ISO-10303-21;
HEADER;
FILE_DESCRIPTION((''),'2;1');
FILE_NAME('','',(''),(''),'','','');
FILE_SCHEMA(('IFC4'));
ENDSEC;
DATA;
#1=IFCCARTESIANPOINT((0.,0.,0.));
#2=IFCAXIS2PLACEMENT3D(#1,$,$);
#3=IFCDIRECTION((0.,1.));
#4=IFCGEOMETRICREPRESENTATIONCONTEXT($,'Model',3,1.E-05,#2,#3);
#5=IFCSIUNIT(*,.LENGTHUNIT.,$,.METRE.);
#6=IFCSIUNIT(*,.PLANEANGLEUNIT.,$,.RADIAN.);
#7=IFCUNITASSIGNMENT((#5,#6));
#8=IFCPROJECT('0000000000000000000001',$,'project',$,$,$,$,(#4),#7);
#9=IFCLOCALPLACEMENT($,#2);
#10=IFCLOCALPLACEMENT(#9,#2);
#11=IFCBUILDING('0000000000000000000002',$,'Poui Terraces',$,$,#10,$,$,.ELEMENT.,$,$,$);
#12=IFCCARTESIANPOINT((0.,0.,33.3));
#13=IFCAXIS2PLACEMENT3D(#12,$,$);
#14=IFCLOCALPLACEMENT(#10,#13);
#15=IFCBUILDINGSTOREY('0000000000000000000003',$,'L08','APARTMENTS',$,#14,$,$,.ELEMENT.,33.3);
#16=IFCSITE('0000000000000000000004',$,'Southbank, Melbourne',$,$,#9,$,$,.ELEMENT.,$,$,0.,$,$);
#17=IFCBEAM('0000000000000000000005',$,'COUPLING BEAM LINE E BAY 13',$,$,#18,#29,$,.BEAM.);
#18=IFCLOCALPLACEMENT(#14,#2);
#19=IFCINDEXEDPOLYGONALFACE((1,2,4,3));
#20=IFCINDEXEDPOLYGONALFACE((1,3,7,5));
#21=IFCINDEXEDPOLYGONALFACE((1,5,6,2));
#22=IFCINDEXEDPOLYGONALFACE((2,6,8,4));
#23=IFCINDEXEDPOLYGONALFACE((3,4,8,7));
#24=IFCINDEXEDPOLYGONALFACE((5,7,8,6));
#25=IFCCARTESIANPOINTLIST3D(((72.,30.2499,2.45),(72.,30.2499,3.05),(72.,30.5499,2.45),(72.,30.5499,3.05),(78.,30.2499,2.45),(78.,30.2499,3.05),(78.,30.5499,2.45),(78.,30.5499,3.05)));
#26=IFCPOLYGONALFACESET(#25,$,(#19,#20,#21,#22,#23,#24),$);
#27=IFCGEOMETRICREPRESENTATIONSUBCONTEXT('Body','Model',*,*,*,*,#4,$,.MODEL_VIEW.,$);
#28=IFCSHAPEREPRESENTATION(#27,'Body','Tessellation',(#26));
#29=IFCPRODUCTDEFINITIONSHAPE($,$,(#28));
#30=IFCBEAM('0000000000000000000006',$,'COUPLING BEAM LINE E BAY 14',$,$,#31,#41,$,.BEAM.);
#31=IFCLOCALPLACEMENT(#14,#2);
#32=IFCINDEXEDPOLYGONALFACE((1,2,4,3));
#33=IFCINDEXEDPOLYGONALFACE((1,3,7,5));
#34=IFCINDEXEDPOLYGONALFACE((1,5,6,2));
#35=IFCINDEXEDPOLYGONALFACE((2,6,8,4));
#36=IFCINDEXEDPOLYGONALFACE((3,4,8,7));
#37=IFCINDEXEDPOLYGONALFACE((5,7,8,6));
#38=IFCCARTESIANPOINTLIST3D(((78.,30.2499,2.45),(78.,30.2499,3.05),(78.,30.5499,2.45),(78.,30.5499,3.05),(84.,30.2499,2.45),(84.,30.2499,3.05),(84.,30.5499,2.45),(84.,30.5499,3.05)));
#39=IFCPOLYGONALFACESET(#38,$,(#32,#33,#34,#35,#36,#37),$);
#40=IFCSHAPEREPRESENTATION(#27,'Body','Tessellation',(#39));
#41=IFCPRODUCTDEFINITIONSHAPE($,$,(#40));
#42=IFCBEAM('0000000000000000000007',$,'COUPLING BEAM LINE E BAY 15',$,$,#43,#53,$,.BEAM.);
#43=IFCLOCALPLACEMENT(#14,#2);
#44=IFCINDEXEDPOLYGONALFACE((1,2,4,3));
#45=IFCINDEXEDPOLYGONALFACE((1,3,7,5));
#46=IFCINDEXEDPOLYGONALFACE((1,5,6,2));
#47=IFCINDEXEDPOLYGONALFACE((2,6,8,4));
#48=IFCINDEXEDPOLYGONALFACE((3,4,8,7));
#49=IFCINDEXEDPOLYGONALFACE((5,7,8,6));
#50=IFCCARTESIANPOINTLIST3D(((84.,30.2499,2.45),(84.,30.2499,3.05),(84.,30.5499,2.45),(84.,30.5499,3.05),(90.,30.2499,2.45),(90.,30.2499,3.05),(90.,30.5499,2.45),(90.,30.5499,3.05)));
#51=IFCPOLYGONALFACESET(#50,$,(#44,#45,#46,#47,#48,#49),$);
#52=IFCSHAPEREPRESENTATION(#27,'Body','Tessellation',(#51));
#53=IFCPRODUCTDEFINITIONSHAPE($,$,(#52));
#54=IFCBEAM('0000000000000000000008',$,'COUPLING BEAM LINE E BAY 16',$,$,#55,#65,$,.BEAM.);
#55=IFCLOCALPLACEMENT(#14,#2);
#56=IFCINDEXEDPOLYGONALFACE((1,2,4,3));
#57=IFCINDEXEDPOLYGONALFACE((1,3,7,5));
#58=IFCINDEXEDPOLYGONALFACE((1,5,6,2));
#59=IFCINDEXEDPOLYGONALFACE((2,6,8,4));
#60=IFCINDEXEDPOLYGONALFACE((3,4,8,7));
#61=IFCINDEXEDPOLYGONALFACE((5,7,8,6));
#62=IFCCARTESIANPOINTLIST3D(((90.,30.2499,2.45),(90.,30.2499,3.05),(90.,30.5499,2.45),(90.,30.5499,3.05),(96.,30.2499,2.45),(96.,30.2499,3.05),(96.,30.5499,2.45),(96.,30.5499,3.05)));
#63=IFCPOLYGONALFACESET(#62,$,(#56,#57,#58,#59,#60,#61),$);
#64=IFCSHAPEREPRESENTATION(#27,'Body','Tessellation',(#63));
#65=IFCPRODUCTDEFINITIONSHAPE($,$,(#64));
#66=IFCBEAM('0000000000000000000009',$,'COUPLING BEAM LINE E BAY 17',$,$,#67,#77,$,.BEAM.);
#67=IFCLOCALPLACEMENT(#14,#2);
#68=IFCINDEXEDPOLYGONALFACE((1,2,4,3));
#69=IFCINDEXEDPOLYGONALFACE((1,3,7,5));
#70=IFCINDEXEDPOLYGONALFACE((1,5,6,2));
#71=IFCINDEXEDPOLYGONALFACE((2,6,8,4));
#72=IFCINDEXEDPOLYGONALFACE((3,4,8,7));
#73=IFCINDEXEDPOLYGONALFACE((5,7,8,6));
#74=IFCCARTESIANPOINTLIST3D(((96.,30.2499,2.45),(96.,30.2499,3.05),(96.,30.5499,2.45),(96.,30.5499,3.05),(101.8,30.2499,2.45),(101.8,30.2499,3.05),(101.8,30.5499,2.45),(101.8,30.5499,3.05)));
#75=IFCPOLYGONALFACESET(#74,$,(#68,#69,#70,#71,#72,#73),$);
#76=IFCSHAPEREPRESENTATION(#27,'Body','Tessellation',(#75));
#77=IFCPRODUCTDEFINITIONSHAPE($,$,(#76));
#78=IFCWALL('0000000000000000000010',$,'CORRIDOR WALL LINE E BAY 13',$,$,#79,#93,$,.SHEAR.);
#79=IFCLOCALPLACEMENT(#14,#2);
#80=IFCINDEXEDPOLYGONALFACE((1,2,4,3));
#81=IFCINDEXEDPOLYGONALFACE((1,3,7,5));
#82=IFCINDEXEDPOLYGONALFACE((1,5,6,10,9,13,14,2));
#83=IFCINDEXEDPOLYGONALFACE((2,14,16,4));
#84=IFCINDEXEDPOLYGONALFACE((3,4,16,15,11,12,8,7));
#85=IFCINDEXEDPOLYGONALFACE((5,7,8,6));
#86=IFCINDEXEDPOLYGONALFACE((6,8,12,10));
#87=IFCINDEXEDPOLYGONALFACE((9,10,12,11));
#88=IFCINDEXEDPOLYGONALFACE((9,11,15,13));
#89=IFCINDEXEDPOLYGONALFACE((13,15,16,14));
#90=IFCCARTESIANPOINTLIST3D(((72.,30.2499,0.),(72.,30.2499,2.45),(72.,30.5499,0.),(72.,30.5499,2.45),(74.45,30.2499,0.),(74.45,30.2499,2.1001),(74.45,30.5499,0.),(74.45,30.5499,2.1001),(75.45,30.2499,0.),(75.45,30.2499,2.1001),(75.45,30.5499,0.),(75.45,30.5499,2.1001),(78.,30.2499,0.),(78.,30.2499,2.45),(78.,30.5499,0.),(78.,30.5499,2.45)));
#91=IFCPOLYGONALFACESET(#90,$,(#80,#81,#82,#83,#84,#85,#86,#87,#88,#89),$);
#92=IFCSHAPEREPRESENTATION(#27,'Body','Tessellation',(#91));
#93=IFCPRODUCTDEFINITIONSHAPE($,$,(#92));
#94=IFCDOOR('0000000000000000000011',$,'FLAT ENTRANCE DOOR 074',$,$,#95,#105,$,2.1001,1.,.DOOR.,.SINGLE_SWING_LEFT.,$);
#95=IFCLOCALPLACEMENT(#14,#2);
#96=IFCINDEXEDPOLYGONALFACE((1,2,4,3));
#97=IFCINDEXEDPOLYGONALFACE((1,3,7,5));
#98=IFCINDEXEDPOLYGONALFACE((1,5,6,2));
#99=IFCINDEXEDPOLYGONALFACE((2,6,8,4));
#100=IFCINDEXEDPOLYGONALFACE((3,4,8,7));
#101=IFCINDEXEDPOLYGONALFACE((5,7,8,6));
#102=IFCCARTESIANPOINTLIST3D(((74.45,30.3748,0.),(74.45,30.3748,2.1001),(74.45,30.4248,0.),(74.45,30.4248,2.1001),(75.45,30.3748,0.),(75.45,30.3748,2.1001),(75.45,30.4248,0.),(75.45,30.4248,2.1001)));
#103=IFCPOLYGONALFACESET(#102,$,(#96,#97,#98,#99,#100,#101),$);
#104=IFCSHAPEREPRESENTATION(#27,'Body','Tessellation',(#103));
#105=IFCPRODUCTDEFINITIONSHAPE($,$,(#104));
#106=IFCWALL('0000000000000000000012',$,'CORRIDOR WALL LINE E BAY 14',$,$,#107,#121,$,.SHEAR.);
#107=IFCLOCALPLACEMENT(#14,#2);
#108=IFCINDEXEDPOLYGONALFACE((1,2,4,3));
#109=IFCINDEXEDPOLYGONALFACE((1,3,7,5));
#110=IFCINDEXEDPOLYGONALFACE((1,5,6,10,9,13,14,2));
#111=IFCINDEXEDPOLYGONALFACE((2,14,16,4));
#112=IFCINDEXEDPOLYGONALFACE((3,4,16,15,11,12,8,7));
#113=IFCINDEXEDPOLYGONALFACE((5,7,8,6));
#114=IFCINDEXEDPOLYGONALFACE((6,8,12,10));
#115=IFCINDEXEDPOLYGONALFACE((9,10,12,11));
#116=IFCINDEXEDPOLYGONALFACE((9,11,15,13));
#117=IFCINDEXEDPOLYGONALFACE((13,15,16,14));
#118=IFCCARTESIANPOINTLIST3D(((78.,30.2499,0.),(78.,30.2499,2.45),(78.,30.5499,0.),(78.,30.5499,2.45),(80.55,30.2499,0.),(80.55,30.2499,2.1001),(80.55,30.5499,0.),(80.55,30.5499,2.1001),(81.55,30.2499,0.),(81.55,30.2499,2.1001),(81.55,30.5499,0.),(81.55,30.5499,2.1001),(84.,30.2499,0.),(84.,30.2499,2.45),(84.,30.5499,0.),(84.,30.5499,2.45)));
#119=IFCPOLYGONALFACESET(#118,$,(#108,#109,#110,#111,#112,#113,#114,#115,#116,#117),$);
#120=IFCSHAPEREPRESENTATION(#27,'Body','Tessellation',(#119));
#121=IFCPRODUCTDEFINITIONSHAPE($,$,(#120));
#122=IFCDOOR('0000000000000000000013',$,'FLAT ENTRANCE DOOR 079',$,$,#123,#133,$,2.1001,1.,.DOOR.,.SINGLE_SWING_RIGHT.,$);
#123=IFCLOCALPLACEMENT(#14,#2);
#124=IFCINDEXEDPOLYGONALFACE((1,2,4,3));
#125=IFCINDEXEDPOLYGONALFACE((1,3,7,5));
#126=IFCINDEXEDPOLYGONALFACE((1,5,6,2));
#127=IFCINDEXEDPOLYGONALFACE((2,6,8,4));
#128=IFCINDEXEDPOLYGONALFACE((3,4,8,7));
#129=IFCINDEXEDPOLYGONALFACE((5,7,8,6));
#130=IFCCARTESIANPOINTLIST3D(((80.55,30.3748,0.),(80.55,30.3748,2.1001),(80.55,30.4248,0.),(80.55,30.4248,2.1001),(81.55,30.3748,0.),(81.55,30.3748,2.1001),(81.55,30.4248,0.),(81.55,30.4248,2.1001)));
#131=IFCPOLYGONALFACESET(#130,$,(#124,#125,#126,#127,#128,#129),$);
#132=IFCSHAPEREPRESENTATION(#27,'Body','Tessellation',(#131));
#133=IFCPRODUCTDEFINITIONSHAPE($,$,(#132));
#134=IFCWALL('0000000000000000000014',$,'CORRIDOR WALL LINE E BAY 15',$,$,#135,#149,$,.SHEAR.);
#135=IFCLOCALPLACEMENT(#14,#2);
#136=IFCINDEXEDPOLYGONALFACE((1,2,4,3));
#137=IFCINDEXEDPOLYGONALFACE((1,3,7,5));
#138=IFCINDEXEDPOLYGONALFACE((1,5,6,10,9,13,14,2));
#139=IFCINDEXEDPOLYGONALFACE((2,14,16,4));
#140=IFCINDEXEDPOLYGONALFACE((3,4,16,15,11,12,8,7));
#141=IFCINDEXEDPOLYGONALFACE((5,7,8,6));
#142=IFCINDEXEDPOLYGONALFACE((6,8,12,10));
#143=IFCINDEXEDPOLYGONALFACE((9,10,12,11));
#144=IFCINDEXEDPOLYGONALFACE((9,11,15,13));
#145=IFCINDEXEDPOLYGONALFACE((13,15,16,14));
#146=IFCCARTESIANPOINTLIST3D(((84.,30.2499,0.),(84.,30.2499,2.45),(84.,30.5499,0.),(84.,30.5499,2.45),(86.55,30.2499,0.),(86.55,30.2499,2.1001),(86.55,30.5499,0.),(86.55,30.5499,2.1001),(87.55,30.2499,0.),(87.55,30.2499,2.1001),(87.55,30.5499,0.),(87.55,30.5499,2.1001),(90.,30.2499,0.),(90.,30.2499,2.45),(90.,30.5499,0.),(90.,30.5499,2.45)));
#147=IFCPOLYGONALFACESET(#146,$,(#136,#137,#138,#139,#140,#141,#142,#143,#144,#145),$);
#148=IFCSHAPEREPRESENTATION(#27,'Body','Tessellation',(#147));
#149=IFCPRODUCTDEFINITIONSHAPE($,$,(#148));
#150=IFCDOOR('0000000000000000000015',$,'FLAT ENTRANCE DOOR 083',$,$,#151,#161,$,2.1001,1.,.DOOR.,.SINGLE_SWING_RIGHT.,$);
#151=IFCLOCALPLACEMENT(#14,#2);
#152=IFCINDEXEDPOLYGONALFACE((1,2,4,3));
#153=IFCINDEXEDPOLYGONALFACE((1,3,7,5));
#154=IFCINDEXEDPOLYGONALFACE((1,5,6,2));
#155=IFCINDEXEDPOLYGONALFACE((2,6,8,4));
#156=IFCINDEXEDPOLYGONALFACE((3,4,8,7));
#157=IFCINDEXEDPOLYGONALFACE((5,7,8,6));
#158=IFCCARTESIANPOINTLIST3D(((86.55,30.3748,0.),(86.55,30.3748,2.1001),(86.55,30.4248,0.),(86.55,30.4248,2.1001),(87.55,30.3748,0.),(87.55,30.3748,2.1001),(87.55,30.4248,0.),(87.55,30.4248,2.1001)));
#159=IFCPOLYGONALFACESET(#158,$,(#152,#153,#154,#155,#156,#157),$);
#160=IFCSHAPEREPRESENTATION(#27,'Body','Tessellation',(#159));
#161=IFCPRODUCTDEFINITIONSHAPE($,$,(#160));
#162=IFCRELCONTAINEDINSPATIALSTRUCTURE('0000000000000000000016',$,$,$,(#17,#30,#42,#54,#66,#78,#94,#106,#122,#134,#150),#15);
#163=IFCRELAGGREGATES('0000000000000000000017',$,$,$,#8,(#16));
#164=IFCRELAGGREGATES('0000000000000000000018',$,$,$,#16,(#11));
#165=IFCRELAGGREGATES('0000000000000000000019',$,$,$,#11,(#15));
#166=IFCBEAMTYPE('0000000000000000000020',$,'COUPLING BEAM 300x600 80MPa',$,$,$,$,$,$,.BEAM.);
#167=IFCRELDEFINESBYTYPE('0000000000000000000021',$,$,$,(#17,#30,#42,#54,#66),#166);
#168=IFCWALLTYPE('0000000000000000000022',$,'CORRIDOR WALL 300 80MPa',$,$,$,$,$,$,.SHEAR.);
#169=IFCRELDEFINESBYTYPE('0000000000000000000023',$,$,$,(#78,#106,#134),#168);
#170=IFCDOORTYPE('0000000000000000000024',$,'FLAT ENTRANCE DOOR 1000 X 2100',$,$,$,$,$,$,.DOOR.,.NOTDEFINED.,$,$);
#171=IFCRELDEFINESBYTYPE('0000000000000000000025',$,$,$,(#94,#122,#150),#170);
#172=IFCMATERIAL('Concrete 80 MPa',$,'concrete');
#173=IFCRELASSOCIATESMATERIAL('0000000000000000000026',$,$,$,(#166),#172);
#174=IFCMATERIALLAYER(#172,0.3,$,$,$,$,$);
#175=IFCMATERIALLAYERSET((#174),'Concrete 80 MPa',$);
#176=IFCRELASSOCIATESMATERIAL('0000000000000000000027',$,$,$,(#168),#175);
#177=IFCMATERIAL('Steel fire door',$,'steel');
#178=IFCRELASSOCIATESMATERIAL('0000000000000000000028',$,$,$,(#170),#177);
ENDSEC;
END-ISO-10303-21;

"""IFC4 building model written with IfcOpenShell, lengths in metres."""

from ifc_helpers import new_model, si_unit, direction, frame, frame_2d, origin, origin_2d, place, context, subcontext, project, spatial, rectangle, extrude, source, transform, mapped, material, layer, layer_set, material_profile, profile_set, type_object, element, fill, save


model = new_model("IFC4")

# Units and contexts
model_context = context("Model", 3, precision=1e-05, world=origin(), true_north=direction((0.0, 1.0)))
body_context = subcontext(model_context, "Body", "Model", "MODEL_VIEW")
ifc_project = project(units=[si_unit("LENGTHUNIT", "METRE"), si_unit("PLANEANGLEUNIT", "RADIAN")], contexts=[model_context])

# Site, building, storey
site_placement = place(None, origin())
site = spatial("IfcSite", under=ifc_project, at=site_placement, Name="Southbank, Melbourne", CompositionType="ELEMENT", RefElevation=0.0)
building_placement = place(site_placement, origin())
building = spatial("IfcBuilding", under=site, at=building_placement, Name="Poui Terraces", CompositionType="ELEMENT")
storey_placement = place(building_placement, frame((0.0, 0.0, 33.3)))
storey = spatial("IfcBuildingStorey", under=building, at=storey_placement, Name="L08", Description="APARTMENTS", CompositionType="ELEMENT", Elevation=33.3)

# Beams
ifc_material_1 = material(Name="Concrete 80 MPa", Category="concrete")
ifc_material_profile = material_profile(ifc_material_1, rectangle(XDim=0.3, YDim=0.6001, at=origin_2d()), Name="RC 300x600")
ifc_profile_set = profile_set([ifc_material_profile], Name="Concrete 80 MPa")
beam_type = type_object("IfcBeamType", Name="COUPLING BEAM 300x600 80MPa", PredefinedType="BEAM", material=ifc_profile_set)
shared_shape_1 = source(origin(), body_context, "Body", "SweptSolid", [
    extrude(rectangle(XDim=0.3, YDim=0.6001, at=origin_2d()), origin(), (0.0, 0.0, 1.0), 6.0),
])
for number, where, z_axis, x_axis, name in (
    (1, (72.0, 30.3999, 2.75), (1.0, 0.0, 0.0), (0.0, 1.0, 0.0), "COUPLING BEAM LINE E BAY 13"),
    (2, (78.0, 30.3999, 2.75), (1.0, 0.0, 0.0), (0.0, 1.0, 0.0), "COUPLING BEAM LINE E BAY 14"),
    (3, (84.0, 30.3999, 2.75), (1.0, 0.0, 0.0), (0.0, 1.0, 0.0), "COUPLING BEAM LINE E BAY 15"),
    (4, (90.0, 30.3999, 2.75), (1.0, 0.0, 0.0), (0.0, 1.0, 0.0), "COUPLING BEAM LINE E BAY 16"),
):
    element("IfcBeam", number, at=place(storey_placement, frame(where, z_axis=z_axis, x_axis=x_axis)), inside=storey, type_object=beam_type, Name=name, PredefinedType="BEAM", context=body_context, shape_type="MappedRepresentation", body=[
        mapped(shared_shape_1, transform((0.0, 0.0, 0.0))),
    ])
shared_shape_2 = source(origin(), body_context, "Body", "SweptSolid", [
    extrude(rectangle(XDim=0.3, YDim=0.6001, at=origin_2d()), origin(), (0.0, 0.0, 1.0), 5.8),
])
beam_placement = place(storey_placement, frame((96.0, 30.3999, 2.75), z_axis=(1.0, 0.0, 0.0), x_axis=(0.0, 1.0, 0.0)))
element("IfcBeam", 5, at=beam_placement, inside=storey, type_object=beam_type, Name="COUPLING BEAM LINE E BAY 17", PredefinedType="BEAM", context=body_context, shape_type="MappedRepresentation", body=[
    mapped(shared_shape_2, transform((0.0, 0.0, 0.0))),
])

# Walls, openings, doors
ifc_layer_1 = layer(ifc_material_1, 0.3)
ifc_layer_set_1 = layer_set([ifc_layer_1], Name="Concrete 80 MPa")
wall_type_1 = type_object("IfcWallType", Name="CORRIDOR WALL 300 80MPa", PredefinedType="SHEAR", material=ifc_layer_set_1)
wall_1_placement = place(storey_placement, frame((72.0, 30.3999, 0.0), z_axis=(0.0, 0.0, 1.0), x_axis=(1.0, 0.0, 0.0)))
wall_1 = element("IfcWall", 6, at=wall_1_placement, inside=storey, type_object=wall_type_1, Name="CORRIDOR WALL LINE E BAY 13", PredefinedType="SHEAR", context=body_context, shape_type="SweptSolid", body=[
    extrude(rectangle(XDim=6.0, YDim=0.3, at=frame_2d((3.0, 0.0))), origin(), (0.0, 0.0, 1.0), 2.45),
])
opening_1_placement = place(wall_1_placement, frame((2.45, 0.0, 0.0)))
opening_1 = element("IfcOpeningElement", 7, at=opening_1_placement, cuts=wall_1, PredefinedType="OPENING", context=body_context, shape_type="SweptSolid", body=[
    extrude(rectangle(XDim=1.0, YDim=2.1001, at=frame_2d((0.5, 1.05))), frame((0.0, 0.1602, 0.0), z_axis=(0.0, -1.0, 0.0), x_axis=(1.0, 0.0, 0.0)), (0.0, 0.0, 1.0), 0.3201),
])
ifc_material_2 = material(Name="Steel fire door", Category="steel")
door_type_1 = type_object("IfcDoorType", Name="FLAT ENTRANCE DOOR 1000 X 2100", OperationType="NOTDEFINED", PredefinedType="DOOR", material=ifc_material_2)
door_1_placement = place(opening_1_placement, origin())
door_1 = element("IfcDoor", 8, at=door_1_placement, inside=storey, type_object=door_type_1, Name="FLAT ENTRANCE DOOR 074", OperationType="SINGLE_SWING_LEFT", OverallHeight=2.1001, OverallWidth=1.0, PredefinedType="DOOR", context=body_context, shape_type="SweptSolid", body=[
    extrude(rectangle(XDim=1.0, YDim=2.1001, at=frame_2d((0.5, 1.05))), frame((0.0, 0.0249, 0.0), z_axis=(0.0, -1.0, 0.0), x_axis=(1.0, 0.0, 0.0)), (0.0, 0.0, 1.0), 0.05),
])
fill(opening_1, door_1)
wall_2_placement = place(storey_placement, frame((78.0, 30.3999, 0.0), z_axis=(0.0, 0.0, 1.0), x_axis=(1.0, 0.0, 0.0)))
wall_2 = element("IfcWall", 9, at=wall_2_placement, inside=storey, type_object=wall_type_1, Name="CORRIDOR WALL LINE E BAY 14", PredefinedType="SHEAR", context=body_context, shape_type="SweptSolid", body=[
    extrude(rectangle(XDim=6.0, YDim=0.3, at=frame_2d((3.0, 0.0))), origin(), (0.0, 0.0, 1.0), 2.45),
])
opening_2_placement = place(wall_2_placement, frame((2.55, 0.0, 0.0)))
opening_2 = element("IfcOpeningElement", 10, at=opening_2_placement, cuts=wall_2, PredefinedType="OPENING", context=body_context, shape_type="SweptSolid", body=[
    extrude(rectangle(XDim=1.0, YDim=2.1001, at=frame_2d((0.5, 1.05))), frame((0.0, 0.1602, 0.0), z_axis=(0.0, -1.0, 0.0), x_axis=(1.0, 0.0, 0.0)), (0.0, 0.0, 1.0), 0.3201),
])
door_2_placement = place(opening_2_placement, origin())
door_2 = element("IfcDoor", 11, at=door_2_placement, inside=storey, type_object=door_type_1, Name="FLAT ENTRANCE DOOR 079", OperationType="SINGLE_SWING_RIGHT", OverallHeight=2.1001, OverallWidth=1.0, PredefinedType="DOOR", context=body_context, shape_type="SweptSolid", body=[
    extrude(rectangle(XDim=1.0, YDim=2.1001, at=frame_2d((0.5, 1.05))), frame((0.0, 0.0249, 0.0), z_axis=(0.0, -1.0, 0.0), x_axis=(1.0, 0.0, 0.0)), (0.0, 0.0, 1.0), 0.05),
])
fill(opening_2, door_2)
wall_3_placement = place(storey_placement, frame((84.0, 30.3999, 0.0), z_axis=(0.0, 0.0, 1.0), x_axis=(1.0, 0.0, 0.0)))
wall_3 = element("IfcWall", 12, at=wall_3_placement, inside=storey, type_object=wall_type_1, Name="CORRIDOR WALL LINE E BAY 15", PredefinedType="SHEAR", context=body_context, shape_type="SweptSolid", body=[
    extrude(rectangle(XDim=6.0, YDim=0.3, at=frame_2d((3.0, 0.0))), origin(), (0.0, 0.0, 1.0), 2.45),
])
opening_3_placement = place(wall_3_placement, frame((2.55, 0.0, 0.0)))
opening_3 = element("IfcOpeningElement", 13, at=opening_3_placement, cuts=wall_3, PredefinedType="OPENING", context=body_context, shape_type="SweptSolid", body=[
    extrude(rectangle(XDim=1.0, YDim=2.1001, at=frame_2d((0.5, 1.05))), frame((0.0, 0.1602, 0.0), z_axis=(0.0, -1.0, 0.0), x_axis=(1.0, 0.0, 0.0)), (0.0, 0.0, 1.0), 0.3201),
])
door_3_placement = place(opening_3_placement, origin())
door_3 = element("IfcDoor", 14, at=door_3_placement, inside=storey, type_object=door_type_1, Name="FLAT ENTRANCE DOOR 083", OperationType="SINGLE_SWING_RIGHT", OverallHeight=2.1001, OverallWidth=1.0, PredefinedType="DOOR", context=body_context, shape_type="SweptSolid", body=[
    extrude(rectangle(XDim=1.0, YDim=2.1001, at=frame_2d((0.5, 1.05))), frame((0.0, 0.0249, 0.0), z_axis=(0.0, -1.0, 0.0), x_axis=(1.0, 0.0, 0.0)), (0.0, 0.0, 1.0), 0.05),
])
fill(opening_3, door_3)

save(model, "model.ifc")
